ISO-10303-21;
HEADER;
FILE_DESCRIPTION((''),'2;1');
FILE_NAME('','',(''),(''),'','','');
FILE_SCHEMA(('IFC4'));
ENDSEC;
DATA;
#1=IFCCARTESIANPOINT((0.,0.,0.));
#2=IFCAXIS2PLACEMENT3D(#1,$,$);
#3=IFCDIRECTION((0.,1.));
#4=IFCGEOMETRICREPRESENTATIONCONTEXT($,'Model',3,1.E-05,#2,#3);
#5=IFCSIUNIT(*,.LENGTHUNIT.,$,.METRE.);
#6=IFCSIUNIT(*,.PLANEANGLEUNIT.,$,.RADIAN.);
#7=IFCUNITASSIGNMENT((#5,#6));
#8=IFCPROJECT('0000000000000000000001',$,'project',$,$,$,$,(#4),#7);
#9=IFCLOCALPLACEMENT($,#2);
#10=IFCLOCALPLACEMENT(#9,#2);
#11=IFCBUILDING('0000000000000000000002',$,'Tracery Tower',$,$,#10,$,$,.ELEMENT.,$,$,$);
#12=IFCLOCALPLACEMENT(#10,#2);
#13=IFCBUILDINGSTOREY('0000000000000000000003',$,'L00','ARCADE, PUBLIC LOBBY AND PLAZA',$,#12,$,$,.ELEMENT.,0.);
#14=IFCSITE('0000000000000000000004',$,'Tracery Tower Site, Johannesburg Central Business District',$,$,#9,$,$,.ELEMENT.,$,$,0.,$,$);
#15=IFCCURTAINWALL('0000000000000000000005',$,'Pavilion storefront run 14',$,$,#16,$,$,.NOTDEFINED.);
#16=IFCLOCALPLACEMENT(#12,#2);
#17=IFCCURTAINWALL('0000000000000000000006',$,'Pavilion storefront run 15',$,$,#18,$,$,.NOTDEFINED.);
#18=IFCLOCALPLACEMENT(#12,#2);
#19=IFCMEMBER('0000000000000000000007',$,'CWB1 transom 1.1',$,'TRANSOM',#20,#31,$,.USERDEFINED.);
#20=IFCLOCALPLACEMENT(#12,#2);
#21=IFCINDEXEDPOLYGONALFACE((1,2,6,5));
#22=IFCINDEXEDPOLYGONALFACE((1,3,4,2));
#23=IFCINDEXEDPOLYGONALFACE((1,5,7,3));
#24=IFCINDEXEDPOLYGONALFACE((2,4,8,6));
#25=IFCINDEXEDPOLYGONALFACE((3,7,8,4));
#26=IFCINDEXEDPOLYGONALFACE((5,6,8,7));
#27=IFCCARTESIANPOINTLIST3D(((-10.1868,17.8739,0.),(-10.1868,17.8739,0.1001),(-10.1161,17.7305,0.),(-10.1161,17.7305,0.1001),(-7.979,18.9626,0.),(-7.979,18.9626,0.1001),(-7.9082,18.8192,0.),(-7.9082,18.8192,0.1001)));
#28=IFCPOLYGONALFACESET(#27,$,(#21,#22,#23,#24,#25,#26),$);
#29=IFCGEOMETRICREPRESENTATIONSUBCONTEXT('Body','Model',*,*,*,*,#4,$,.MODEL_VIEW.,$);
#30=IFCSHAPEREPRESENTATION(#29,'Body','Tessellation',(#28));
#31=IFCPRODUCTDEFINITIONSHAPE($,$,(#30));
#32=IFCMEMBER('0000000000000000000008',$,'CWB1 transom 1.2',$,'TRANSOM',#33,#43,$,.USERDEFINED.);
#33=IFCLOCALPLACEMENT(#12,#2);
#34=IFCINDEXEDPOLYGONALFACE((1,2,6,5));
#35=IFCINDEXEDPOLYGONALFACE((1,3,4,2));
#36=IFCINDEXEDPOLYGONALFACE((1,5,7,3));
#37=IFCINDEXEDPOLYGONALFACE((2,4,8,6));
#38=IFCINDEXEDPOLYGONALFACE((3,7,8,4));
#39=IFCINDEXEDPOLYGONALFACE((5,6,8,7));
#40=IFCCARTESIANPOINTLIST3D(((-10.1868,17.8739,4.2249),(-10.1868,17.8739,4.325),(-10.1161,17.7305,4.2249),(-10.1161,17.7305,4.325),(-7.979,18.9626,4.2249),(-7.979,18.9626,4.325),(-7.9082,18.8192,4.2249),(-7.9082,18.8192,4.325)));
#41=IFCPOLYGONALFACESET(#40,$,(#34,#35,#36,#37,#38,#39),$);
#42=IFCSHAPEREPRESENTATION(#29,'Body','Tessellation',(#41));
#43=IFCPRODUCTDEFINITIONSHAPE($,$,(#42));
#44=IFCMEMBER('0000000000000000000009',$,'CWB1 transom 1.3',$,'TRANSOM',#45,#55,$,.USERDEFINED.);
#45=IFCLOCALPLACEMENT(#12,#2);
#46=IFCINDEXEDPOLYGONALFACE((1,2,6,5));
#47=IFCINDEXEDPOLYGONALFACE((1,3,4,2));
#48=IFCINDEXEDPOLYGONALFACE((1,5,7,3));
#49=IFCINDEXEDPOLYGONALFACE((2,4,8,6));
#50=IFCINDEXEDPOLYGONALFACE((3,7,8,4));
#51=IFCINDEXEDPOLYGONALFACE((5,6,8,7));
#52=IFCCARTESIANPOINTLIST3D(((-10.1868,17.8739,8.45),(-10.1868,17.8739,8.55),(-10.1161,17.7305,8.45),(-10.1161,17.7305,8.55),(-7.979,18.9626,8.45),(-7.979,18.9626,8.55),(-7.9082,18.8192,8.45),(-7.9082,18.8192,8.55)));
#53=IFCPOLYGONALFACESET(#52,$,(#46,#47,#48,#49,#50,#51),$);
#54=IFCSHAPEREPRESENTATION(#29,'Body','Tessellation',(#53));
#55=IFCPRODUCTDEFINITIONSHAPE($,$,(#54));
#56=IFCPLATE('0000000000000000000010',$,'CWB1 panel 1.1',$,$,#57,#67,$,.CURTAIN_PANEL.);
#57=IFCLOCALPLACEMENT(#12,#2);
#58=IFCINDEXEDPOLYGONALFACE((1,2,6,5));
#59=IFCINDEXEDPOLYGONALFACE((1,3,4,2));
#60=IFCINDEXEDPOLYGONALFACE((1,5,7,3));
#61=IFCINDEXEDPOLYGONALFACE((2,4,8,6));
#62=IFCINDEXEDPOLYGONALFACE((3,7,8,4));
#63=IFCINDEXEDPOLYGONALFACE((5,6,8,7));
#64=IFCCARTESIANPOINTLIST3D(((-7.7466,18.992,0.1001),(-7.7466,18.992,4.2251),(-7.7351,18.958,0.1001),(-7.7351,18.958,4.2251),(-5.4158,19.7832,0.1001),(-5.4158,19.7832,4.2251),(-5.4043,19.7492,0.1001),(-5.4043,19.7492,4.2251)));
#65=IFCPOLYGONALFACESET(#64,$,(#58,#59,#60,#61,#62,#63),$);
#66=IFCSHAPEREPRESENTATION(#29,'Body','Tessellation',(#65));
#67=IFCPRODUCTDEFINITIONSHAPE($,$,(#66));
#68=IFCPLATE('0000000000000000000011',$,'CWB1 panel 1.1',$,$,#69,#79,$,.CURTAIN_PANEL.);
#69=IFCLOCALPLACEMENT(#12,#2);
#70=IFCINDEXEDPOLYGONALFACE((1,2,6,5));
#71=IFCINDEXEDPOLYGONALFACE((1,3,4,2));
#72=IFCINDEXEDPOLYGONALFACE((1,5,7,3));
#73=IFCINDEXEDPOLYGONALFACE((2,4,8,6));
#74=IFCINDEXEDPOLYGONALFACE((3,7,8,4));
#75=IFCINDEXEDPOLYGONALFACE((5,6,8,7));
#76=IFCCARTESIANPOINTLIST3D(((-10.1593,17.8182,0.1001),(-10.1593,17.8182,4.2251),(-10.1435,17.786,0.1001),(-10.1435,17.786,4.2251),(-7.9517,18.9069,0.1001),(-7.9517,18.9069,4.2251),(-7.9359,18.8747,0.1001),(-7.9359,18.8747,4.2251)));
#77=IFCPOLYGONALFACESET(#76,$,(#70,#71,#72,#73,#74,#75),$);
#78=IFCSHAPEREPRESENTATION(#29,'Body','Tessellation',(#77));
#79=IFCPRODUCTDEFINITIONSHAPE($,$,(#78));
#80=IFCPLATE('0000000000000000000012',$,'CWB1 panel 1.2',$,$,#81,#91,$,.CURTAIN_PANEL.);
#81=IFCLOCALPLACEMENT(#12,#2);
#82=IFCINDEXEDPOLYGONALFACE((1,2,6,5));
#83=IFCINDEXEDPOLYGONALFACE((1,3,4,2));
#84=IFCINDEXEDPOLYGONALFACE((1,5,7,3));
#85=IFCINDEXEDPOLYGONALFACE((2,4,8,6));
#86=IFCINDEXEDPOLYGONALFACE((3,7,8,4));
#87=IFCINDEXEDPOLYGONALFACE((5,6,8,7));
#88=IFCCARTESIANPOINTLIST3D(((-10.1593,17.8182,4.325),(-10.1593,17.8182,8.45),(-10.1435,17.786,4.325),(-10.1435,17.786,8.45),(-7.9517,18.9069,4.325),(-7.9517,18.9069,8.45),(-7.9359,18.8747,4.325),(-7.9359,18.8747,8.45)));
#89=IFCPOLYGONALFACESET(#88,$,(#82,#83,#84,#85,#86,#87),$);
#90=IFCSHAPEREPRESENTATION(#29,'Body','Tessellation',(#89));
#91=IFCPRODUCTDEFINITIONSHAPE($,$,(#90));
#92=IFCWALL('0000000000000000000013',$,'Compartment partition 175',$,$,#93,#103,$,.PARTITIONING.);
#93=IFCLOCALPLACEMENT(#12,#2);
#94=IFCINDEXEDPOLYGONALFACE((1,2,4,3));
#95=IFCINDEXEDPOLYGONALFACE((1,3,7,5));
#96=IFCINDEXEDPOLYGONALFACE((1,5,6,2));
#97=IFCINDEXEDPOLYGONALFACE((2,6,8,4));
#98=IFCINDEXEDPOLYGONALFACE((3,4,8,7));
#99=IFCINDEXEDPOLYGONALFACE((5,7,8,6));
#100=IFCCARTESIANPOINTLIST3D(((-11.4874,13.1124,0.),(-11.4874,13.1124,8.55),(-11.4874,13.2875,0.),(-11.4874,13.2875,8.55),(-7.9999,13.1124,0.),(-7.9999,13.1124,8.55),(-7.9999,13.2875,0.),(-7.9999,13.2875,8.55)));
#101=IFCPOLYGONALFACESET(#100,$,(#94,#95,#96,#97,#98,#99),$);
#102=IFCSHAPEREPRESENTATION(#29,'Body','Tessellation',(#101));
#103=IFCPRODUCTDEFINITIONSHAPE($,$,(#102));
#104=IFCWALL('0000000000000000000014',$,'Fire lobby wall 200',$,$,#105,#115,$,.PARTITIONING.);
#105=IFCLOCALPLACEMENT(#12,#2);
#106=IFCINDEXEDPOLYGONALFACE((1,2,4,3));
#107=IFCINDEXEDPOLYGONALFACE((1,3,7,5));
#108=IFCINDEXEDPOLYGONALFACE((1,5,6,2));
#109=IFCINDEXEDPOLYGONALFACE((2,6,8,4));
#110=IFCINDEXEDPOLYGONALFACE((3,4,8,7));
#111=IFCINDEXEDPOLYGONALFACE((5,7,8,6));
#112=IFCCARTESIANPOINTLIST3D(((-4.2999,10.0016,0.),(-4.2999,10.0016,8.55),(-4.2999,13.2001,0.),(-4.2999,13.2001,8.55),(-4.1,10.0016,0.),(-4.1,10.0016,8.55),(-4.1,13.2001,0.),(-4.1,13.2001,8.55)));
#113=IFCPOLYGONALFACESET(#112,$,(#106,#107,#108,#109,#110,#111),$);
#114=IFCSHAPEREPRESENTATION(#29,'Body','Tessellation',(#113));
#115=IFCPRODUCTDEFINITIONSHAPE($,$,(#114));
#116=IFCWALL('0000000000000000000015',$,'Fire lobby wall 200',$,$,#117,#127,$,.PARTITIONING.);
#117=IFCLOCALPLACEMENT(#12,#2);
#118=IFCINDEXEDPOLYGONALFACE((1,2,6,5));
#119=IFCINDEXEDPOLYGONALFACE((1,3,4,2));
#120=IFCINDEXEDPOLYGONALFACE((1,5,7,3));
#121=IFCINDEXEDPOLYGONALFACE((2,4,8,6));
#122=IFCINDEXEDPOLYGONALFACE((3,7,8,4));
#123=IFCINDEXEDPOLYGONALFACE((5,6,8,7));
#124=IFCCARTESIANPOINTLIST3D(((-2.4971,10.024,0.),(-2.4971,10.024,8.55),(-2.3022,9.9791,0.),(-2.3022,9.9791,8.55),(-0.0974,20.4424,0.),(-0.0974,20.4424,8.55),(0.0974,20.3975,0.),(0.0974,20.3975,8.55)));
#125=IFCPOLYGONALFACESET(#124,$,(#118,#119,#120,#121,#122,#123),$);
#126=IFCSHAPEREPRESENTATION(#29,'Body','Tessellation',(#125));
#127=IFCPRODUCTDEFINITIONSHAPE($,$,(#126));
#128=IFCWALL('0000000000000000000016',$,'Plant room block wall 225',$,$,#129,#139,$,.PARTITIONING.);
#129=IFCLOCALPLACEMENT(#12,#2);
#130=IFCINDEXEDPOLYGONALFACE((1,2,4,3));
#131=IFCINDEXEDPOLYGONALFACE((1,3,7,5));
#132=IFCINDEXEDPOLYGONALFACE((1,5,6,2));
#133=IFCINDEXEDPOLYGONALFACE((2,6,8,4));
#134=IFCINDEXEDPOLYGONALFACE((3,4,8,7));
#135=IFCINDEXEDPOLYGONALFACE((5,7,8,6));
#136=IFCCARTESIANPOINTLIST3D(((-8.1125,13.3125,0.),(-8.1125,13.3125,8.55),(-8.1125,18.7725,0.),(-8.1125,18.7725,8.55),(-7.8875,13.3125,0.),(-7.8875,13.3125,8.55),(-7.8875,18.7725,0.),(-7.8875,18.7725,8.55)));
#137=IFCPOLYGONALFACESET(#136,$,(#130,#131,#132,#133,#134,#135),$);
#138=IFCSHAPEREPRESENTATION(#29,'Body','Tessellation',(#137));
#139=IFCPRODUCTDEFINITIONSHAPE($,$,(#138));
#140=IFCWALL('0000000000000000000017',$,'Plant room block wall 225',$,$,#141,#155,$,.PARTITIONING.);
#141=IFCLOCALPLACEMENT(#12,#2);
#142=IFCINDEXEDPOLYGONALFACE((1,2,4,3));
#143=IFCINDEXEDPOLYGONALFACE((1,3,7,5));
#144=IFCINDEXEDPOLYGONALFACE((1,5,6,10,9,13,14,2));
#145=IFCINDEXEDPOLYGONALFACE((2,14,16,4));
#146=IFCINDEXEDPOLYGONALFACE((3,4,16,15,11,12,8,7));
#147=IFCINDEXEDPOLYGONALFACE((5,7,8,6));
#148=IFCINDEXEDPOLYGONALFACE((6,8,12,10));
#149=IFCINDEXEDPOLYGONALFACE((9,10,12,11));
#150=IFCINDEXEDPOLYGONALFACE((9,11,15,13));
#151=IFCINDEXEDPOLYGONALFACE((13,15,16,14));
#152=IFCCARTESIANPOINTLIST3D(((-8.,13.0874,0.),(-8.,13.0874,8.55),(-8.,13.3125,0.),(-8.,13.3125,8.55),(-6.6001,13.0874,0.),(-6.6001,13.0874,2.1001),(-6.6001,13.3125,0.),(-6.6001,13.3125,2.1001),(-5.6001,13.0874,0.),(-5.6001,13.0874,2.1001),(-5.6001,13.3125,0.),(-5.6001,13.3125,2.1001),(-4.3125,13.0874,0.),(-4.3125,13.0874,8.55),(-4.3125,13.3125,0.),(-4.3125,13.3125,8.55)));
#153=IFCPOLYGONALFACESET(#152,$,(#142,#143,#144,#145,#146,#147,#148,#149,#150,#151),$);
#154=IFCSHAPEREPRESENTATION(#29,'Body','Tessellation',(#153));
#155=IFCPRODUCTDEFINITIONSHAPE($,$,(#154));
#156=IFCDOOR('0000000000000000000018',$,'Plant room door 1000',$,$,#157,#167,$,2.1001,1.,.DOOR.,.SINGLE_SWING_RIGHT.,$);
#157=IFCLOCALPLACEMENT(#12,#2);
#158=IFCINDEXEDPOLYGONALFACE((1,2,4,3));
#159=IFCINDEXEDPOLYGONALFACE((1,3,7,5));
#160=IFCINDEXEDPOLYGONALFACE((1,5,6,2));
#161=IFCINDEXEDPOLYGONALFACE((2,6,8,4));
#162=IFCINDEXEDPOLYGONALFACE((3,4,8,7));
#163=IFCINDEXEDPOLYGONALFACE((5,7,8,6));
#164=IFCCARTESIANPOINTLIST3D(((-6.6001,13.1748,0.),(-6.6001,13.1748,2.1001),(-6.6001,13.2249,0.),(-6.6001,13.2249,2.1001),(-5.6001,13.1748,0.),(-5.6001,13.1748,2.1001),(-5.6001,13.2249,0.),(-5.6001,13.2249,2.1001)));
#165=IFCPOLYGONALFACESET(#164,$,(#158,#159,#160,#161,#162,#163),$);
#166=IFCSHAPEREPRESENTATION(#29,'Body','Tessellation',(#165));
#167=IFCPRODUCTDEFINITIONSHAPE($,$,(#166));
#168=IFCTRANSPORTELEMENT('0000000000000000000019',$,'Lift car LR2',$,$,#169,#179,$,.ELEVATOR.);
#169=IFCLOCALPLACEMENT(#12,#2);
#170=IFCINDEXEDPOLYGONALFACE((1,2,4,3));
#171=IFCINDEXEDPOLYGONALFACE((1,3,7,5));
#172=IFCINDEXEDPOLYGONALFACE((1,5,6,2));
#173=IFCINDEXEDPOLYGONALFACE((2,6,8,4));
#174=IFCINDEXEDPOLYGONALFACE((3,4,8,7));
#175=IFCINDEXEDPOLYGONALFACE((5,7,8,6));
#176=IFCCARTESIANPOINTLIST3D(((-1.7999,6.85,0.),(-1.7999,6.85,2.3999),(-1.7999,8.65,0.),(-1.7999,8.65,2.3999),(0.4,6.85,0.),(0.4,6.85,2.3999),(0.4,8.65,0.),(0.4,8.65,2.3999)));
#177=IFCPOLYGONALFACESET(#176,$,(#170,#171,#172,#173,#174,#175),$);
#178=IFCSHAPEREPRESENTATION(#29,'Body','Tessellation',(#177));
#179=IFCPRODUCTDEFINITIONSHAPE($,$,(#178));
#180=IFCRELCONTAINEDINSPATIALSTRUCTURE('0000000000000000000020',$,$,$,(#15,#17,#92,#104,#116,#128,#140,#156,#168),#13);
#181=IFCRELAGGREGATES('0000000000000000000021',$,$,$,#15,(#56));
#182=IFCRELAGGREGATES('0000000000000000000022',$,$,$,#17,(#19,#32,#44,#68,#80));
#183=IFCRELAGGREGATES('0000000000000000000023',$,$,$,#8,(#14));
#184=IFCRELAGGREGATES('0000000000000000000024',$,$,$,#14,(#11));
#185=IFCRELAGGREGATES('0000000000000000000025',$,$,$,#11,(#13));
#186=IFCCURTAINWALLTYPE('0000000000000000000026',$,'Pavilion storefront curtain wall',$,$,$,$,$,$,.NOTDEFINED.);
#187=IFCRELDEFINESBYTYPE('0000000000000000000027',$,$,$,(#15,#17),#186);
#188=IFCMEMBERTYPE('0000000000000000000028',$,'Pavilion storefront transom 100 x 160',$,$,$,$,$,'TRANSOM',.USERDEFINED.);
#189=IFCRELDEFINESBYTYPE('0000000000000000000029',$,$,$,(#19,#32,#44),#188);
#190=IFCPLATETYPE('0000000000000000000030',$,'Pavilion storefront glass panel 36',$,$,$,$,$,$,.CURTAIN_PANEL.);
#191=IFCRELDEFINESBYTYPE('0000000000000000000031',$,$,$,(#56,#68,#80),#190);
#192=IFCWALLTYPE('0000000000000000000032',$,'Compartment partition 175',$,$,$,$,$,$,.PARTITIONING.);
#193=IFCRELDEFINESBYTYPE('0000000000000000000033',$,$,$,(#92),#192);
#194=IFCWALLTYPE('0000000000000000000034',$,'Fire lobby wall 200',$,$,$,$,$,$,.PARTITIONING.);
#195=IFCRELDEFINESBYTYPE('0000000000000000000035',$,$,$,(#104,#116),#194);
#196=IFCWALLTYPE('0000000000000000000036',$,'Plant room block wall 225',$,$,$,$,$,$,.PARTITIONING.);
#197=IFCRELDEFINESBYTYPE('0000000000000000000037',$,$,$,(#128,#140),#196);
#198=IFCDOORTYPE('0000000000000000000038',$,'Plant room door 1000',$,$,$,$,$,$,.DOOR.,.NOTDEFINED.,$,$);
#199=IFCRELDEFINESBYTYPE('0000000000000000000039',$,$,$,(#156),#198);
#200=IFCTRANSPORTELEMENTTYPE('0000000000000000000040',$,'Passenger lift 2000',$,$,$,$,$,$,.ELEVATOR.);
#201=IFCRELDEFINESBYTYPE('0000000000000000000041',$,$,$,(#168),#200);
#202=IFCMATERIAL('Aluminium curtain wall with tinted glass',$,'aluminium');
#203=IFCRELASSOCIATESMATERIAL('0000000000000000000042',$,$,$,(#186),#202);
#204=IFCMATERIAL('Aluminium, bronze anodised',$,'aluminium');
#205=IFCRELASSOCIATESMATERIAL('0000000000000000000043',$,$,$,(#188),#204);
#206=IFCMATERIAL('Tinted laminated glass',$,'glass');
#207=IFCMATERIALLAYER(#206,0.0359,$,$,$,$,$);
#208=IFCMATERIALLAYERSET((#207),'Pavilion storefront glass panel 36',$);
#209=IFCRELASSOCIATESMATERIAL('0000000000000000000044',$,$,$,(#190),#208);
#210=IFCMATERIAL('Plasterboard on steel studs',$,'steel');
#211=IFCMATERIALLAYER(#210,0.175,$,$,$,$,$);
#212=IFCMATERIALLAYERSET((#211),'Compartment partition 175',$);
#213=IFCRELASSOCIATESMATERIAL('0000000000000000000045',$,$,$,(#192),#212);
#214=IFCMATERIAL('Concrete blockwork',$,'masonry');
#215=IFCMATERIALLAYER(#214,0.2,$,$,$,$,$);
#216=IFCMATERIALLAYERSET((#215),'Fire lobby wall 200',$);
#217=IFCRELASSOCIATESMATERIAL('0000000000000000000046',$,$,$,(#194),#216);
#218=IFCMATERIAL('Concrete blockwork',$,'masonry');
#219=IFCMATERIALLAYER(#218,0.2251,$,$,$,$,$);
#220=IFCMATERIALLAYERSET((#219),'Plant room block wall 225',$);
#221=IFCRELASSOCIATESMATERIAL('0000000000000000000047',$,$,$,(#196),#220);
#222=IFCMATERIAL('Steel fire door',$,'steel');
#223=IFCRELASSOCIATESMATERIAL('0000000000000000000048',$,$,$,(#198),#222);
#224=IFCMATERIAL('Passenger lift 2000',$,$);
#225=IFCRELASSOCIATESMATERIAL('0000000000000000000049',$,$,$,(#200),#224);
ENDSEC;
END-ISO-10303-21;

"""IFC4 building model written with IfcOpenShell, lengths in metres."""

from ifc_helpers import new_model, si_unit, direction, frame, frame_2d, origin, origin_2d, place, context, subcontext, project, spatial, rectangle, extrude, material, layer, layer_set, material_profile, profile_set, type_object, element, fill, aggregate, save


model = new_model("IFC4")

# Units and contexts
model_context = context("Model", 3, precision=1e-05, world=origin(), true_north=direction((0.0, 1.0)))
body_context = subcontext(model_context, "Body", "Model", "MODEL_VIEW")
ifc_project = project(units=[si_unit("LENGTHUNIT", "METRE"), si_unit("PLANEANGLEUNIT", "RADIAN")], contexts=[model_context])

# Site, building, storey
site_placement = place(None, origin())
site = spatial("IfcSite", under=ifc_project, at=site_placement, Name="Tracery Tower Site, Johannesburg Central Business District", CompositionType="ELEMENT", RefElevation=0.0)
building_placement = place(site_placement, origin())
building = spatial("IfcBuilding", under=site, at=building_placement, Name="Tracery Tower", CompositionType="ELEMENT")
storey_placement = place(building_placement, origin())
storey = spatial("IfcBuildingStorey", under=building, at=storey_placement, Name="L00", Description="ARCADE, PUBLIC LOBBY AND PLAZA", CompositionType="ELEMENT", Elevation=0.0)

# Curtain wall
ifc_material_1 = material(Name="Aluminium curtain wall with tinted glass", Category="aluminium")
curtain_wall_type = type_object("IfcCurtainWallType", Name="Pavilion storefront curtain wall", PredefinedType="NOTDEFINED", material=ifc_material_1)
curtain_wall_1_placement = place(storey_placement, origin())
curtain_wall_1 = element("IfcCurtainWall", 1, at=curtain_wall_1_placement, inside=storey, type_object=curtain_wall_type, Name="Pavilion storefront run 14", PredefinedType="NOTDEFINED")

# Curtain wall, members
curtain_wall_2_placement = place(storey_placement, origin())
curtain_wall_2 = element("IfcCurtainWall", 2, at=curtain_wall_2_placement, inside=storey, type_object=curtain_wall_type, Name="Pavilion storefront run 15", PredefinedType="NOTDEFINED")
ifc_material_2 = material(Name="Aluminium, bronze anodised", Category="aluminium")
ifc_material_profile_1 = material_profile(ifc_material_2, rectangle(XDim=0.1599, YDim=0.1001, at=origin_2d()), Name="Pavilion storefront transom 100 x 160")
ifc_profile_set_1 = profile_set([ifc_material_profile_1], Name="Aluminium, bronze anodised")
member_type_1 = type_object("IfcMemberType", Name="Pavilion storefront transom 100 x 160", ElementType="TRANSOM", PredefinedType="USERDEFINED", material=ifc_profile_set_1)
member_1_placement = place(storey_placement, frame((-7.9436, 18.8909, 0.05), z_axis=(-0.896893, -0.442248, 0.0), x_axis=(0.442248, -0.896893, 0.0)))
member_1 = element("IfcMember", 3, at=member_1_placement, type_object=member_type_1, Name="CWB1 transom 1.1", ObjectType="TRANSOM", PredefinedType="USERDEFINED", context=body_context, shape_type="SweptSolid", body=[
    extrude(rectangle(XDim=0.1599, YDim=0.1001, at=origin_2d()), origin(), (0.0, 0.0, 1.0), 2.4617),
])
member_2_placement = place(storey_placement, frame((-7.9436, 18.8909, 4.2749), z_axis=(-0.896893, -0.442248, 0.0), x_axis=(0.442248, -0.896893, 0.0)))
member_2 = element("IfcMember", 4, at=member_2_placement, type_object=member_type_1, Name="CWB1 transom 1.2", ObjectType="TRANSOM", PredefinedType="USERDEFINED", context=body_context, shape_type="SweptSolid", body=[
    extrude(rectangle(XDim=0.1599, YDim=0.1001, at=origin_2d()), origin(), (0.0, 0.0, 1.0), 2.4617),
])
member_3_placement = place(storey_placement, frame((-7.9436, 18.8909, 8.5), z_axis=(-0.896893, -0.442248, 0.0), x_axis=(0.442248, -0.896893, 0.0)))
member_3 = element("IfcMember", 5, at=member_3_placement, type_object=member_type_1, Name="CWB1 transom 1.3", ObjectType="TRANSOM", PredefinedType="USERDEFINED", context=body_context, shape_type="SweptSolid", body=[
    extrude(rectangle(XDim=0.1599, YDim=0.1001, at=origin_2d()), origin(), (0.0, 0.0, 1.0), 2.4617),
])

# Plates
ifc_material_3 = material(Name="Tinted laminated glass", Category="glass")
ifc_layer_1 = layer(ifc_material_3, 0.0359)
ifc_layer_set_1 = layer_set([ifc_layer_1], Name="Pavilion storefront glass panel 36")
plate_type = type_object("IfcPlateType", Name="Pavilion storefront glass panel 36", PredefinedType="CURTAIN_PANEL", material=ifc_layer_set_1)
plate_1_placement = place(storey_placement, frame((-6.5754, 19.3706, 0.1001), z_axis=(0.0, 0.0, 1.0), x_axis=(-0.946931, -0.321435, 0.0)))
plate_1 = element("IfcPlate", 6, at=plate_1_placement, type_object=plate_type, Name="CWB1 panel 1.1", PredefinedType="CURTAIN_PANEL", context=body_context, shape_type="SweptSolid", body=[
    extrude(rectangle(XDim=2.4614, YDim=0.0359, at=origin_2d()), origin(), (0.0, 0.0, 1.0), 4.125),
])
aggregate(curtain_wall_1, [plate_1])
plate_2_placement = place(storey_placement, frame((-9.0476, 18.3464, 0.1001), z_axis=(0.0, 0.0, 1.0), x_axis=(-0.896874, -0.442287, 0.0)))
plate_2 = element("IfcPlate", 7, at=plate_2_placement, type_object=plate_type, Name="CWB1 panel 1.1", PredefinedType="CURTAIN_PANEL", context=body_context, shape_type="SweptSolid", body=[
    extrude(rectangle(XDim=2.4614, YDim=0.0359, at=origin_2d()), origin(), (0.0, 0.0, 1.0), 4.125),
])
plate_3_placement = place(storey_placement, frame((-9.0476, 18.3464, 4.325), z_axis=(0.0, 0.0, 1.0), x_axis=(-0.896874, -0.442287, 0.0)))
plate_3 = element("IfcPlate", 8, at=plate_3_placement, type_object=plate_type, Name="CWB1 panel 1.2", PredefinedType="CURTAIN_PANEL", context=body_context, shape_type="SweptSolid", body=[
    extrude(rectangle(XDim=2.4614, YDim=0.0359, at=origin_2d()), origin(), (0.0, 0.0, 1.0), 4.125),
])
aggregate(curtain_wall_2, [member_1, member_2, member_3, plate_2, plate_3])

# Walls
ifc_material_4 = material(Name="Plasterboard on steel studs", Category="steel")
ifc_layer_2 = layer(ifc_material_4, 0.175)
ifc_layer_set_2 = layer_set([ifc_layer_2], Name="Compartment partition 175")
wall_type_1 = type_object("IfcWallType", Name="Compartment partition 175", PredefinedType="PARTITIONING", material=ifc_layer_set_2)
wall_1_placement = place(storey_placement, frame((-8.0, 13.2, 0.0), z_axis=(0.0, 0.0, 1.0), x_axis=(-1.0, 0.0, 0.0)))
element("IfcWall", 9, at=wall_1_placement, inside=storey, type_object=wall_type_1, Name="Compartment partition 175", PredefinedType="PARTITIONING", context=body_context, shape_type="SweptSolid", body=[
    extrude(rectangle(XDim=3.4875, YDim=0.175, at=frame_2d((1.7437, 0.0))), origin(), (0.0, 0.0, 1.0), 8.55),
])
ifc_material_5 = material(Name="Concrete blockwork", Category="masonry")
ifc_layer_3 = layer(ifc_material_5, 0.2)
ifc_layer_set_3 = layer_set([ifc_layer_3], Name="Fire lobby wall 200")
wall_type_2 = type_object("IfcWallType", Name="Fire lobby wall 200", PredefinedType="PARTITIONING", material=ifc_layer_set_3)
wall_2_placement = place(storey_placement, frame((-4.2, 13.2, 0.0), z_axis=(0.0, 0.0, 1.0), x_axis=(0.0, -1.0, 0.0)))
element("IfcWall", 10, at=wall_2_placement, inside=storey, type_object=wall_type_2, Name="Fire lobby wall 200", PredefinedType="PARTITIONING", context=body_context, shape_type="SweptSolid", body=[
    extrude(rectangle(XDim=3.1985, YDim=0.2, at=frame_2d((1.5991, 0.0))), origin(), (0.0, 0.0, 1.0), 8.55),
])
wall_3_placement = place(storey_placement, frame((-2.3997, 10.0015, 0.0), z_axis=(0.0, 0.0, 1.0), x_axis=(0.224451, 0.974485, 0.0)))
element("IfcWall", 11, at=wall_3_placement, inside=storey, type_object=wall_type_2, Name="Fire lobby wall 200", PredefinedType="PARTITIONING", context=body_context, shape_type="SweptSolid", body=[
    extrude(rectangle(XDim=10.6912, YDim=0.2, at=frame_2d((5.3457, 0.0))), origin(), (0.0, 0.0, 1.0), 8.55),
])
ifc_material_6 = material(Name="Concrete blockwork", Category="masonry")
ifc_layer_4 = layer(ifc_material_6, 0.2251)
ifc_layer_set_4 = layer_set([ifc_layer_4], Name="Plant room block wall 225")
wall_type_3 = type_object("IfcWallType", Name="Plant room block wall 225", PredefinedType="PARTITIONING", material=ifc_layer_set_4)
wall_4_placement = place(storey_placement, frame((-8.0, 18.7725, 0.0), z_axis=(0.0, 0.0, 1.0), x_axis=(0.0, -1.0, 0.0)))
element("IfcWall", 12, at=wall_4_placement, inside=storey, type_object=wall_type_3, Name="Plant room block wall 225", PredefinedType="PARTITIONING", context=body_context, shape_type="SweptSolid", body=[
    extrude(rectangle(XDim=5.46, YDim=0.2251, at=frame_2d((2.73, 0.0))), origin(), (0.0, 0.0, 1.0), 8.55),
])

# Wall, opening, door
wall_5_placement = place(storey_placement, frame((-8.0, 13.2, 0.0), z_axis=(0.0, 0.0, 1.0), x_axis=(1.0, 0.0, 0.0)))
wall_5 = element("IfcWall", 13, at=wall_5_placement, inside=storey, type_object=wall_type_3, Name="Plant room block wall 225", PredefinedType="PARTITIONING", context=body_context, shape_type="SweptSolid", body=[
    extrude(rectangle(XDim=3.6875, YDim=0.2251, at=frame_2d((1.8438, 0.0))), origin(), (0.0, 0.0, 1.0), 8.55),
])
opening_1_placement = place(wall_5_placement, frame((1.3999, 0.0, 0.0)))
opening_1 = element("IfcOpeningElement", 14, at=opening_1_placement, cuts=wall_5, PredefinedType="OPENING", context=body_context, shape_type="SweptSolid", body=[
    extrude(rectangle(XDim=1.0, YDim=2.1001, at=frame_2d((0.5, 1.05))), frame((0.0, 0.1125, 0.0), z_axis=(0.0, -1.0, 0.0), x_axis=(1.0, 0.0, 0.0)), (0.0, 0.0, 1.0), 0.2251),
])
ifc_material_7 = material(Name="Steel fire door", Category="steel")
door_type_1 = type_object("IfcDoorType", Name="Plant room door 1000", OperationType="NOTDEFINED", PredefinedType="DOOR", material=ifc_material_7)
door_1_placement = place(opening_1_placement, origin())
door_1 = element("IfcDoor", 15, at=door_1_placement, inside=storey, type_object=door_type_1, Name="Plant room door 1000", OperationType="SINGLE_SWING_RIGHT", OverallHeight=2.1001, OverallWidth=1.0, PredefinedType="DOOR", context=body_context, shape_type="SweptSolid", body=[
    extrude(rectangle(XDim=1.0, YDim=2.1001, at=frame_2d((0.5, 1.05))), frame((0.0, 0.0249, 0.0), z_axis=(0.0, -1.0, 0.0), x_axis=(1.0, 0.0, 0.0)), (0.0, 0.0, 1.0), 0.05),
])
fill(opening_1, door_1)

# Transport element
ifc_material_8 = material(Name="Passenger lift 2000")
transport_element_type = type_object("IfcTransportElementType", Name="Passenger lift 2000", PredefinedType="ELEVATOR", material=ifc_material_8)
for number, where, z_axis, x_axis, name in (
    (16, (-0.7, 7.75, 0.0), (0.0, 0.0, 1.0), (1.0, 0.0, 0.0), "Lift car LR2"),
):
    element("IfcTransportElement", number, at=place(storey_placement, frame(where, z_axis=z_axis, x_axis=x_axis)), inside=storey, type_object=transport_element_type, Name=name, PredefinedType="ELEVATOR", context=body_context, shape_type="SweptSolid", body=[
        extrude(rectangle(XDim=2.2, YDim=1.8, at=origin_2d()), origin(), (0.0, 0.0, 1.0), 2.3999),
    ])

save(model, "model.ifc")
